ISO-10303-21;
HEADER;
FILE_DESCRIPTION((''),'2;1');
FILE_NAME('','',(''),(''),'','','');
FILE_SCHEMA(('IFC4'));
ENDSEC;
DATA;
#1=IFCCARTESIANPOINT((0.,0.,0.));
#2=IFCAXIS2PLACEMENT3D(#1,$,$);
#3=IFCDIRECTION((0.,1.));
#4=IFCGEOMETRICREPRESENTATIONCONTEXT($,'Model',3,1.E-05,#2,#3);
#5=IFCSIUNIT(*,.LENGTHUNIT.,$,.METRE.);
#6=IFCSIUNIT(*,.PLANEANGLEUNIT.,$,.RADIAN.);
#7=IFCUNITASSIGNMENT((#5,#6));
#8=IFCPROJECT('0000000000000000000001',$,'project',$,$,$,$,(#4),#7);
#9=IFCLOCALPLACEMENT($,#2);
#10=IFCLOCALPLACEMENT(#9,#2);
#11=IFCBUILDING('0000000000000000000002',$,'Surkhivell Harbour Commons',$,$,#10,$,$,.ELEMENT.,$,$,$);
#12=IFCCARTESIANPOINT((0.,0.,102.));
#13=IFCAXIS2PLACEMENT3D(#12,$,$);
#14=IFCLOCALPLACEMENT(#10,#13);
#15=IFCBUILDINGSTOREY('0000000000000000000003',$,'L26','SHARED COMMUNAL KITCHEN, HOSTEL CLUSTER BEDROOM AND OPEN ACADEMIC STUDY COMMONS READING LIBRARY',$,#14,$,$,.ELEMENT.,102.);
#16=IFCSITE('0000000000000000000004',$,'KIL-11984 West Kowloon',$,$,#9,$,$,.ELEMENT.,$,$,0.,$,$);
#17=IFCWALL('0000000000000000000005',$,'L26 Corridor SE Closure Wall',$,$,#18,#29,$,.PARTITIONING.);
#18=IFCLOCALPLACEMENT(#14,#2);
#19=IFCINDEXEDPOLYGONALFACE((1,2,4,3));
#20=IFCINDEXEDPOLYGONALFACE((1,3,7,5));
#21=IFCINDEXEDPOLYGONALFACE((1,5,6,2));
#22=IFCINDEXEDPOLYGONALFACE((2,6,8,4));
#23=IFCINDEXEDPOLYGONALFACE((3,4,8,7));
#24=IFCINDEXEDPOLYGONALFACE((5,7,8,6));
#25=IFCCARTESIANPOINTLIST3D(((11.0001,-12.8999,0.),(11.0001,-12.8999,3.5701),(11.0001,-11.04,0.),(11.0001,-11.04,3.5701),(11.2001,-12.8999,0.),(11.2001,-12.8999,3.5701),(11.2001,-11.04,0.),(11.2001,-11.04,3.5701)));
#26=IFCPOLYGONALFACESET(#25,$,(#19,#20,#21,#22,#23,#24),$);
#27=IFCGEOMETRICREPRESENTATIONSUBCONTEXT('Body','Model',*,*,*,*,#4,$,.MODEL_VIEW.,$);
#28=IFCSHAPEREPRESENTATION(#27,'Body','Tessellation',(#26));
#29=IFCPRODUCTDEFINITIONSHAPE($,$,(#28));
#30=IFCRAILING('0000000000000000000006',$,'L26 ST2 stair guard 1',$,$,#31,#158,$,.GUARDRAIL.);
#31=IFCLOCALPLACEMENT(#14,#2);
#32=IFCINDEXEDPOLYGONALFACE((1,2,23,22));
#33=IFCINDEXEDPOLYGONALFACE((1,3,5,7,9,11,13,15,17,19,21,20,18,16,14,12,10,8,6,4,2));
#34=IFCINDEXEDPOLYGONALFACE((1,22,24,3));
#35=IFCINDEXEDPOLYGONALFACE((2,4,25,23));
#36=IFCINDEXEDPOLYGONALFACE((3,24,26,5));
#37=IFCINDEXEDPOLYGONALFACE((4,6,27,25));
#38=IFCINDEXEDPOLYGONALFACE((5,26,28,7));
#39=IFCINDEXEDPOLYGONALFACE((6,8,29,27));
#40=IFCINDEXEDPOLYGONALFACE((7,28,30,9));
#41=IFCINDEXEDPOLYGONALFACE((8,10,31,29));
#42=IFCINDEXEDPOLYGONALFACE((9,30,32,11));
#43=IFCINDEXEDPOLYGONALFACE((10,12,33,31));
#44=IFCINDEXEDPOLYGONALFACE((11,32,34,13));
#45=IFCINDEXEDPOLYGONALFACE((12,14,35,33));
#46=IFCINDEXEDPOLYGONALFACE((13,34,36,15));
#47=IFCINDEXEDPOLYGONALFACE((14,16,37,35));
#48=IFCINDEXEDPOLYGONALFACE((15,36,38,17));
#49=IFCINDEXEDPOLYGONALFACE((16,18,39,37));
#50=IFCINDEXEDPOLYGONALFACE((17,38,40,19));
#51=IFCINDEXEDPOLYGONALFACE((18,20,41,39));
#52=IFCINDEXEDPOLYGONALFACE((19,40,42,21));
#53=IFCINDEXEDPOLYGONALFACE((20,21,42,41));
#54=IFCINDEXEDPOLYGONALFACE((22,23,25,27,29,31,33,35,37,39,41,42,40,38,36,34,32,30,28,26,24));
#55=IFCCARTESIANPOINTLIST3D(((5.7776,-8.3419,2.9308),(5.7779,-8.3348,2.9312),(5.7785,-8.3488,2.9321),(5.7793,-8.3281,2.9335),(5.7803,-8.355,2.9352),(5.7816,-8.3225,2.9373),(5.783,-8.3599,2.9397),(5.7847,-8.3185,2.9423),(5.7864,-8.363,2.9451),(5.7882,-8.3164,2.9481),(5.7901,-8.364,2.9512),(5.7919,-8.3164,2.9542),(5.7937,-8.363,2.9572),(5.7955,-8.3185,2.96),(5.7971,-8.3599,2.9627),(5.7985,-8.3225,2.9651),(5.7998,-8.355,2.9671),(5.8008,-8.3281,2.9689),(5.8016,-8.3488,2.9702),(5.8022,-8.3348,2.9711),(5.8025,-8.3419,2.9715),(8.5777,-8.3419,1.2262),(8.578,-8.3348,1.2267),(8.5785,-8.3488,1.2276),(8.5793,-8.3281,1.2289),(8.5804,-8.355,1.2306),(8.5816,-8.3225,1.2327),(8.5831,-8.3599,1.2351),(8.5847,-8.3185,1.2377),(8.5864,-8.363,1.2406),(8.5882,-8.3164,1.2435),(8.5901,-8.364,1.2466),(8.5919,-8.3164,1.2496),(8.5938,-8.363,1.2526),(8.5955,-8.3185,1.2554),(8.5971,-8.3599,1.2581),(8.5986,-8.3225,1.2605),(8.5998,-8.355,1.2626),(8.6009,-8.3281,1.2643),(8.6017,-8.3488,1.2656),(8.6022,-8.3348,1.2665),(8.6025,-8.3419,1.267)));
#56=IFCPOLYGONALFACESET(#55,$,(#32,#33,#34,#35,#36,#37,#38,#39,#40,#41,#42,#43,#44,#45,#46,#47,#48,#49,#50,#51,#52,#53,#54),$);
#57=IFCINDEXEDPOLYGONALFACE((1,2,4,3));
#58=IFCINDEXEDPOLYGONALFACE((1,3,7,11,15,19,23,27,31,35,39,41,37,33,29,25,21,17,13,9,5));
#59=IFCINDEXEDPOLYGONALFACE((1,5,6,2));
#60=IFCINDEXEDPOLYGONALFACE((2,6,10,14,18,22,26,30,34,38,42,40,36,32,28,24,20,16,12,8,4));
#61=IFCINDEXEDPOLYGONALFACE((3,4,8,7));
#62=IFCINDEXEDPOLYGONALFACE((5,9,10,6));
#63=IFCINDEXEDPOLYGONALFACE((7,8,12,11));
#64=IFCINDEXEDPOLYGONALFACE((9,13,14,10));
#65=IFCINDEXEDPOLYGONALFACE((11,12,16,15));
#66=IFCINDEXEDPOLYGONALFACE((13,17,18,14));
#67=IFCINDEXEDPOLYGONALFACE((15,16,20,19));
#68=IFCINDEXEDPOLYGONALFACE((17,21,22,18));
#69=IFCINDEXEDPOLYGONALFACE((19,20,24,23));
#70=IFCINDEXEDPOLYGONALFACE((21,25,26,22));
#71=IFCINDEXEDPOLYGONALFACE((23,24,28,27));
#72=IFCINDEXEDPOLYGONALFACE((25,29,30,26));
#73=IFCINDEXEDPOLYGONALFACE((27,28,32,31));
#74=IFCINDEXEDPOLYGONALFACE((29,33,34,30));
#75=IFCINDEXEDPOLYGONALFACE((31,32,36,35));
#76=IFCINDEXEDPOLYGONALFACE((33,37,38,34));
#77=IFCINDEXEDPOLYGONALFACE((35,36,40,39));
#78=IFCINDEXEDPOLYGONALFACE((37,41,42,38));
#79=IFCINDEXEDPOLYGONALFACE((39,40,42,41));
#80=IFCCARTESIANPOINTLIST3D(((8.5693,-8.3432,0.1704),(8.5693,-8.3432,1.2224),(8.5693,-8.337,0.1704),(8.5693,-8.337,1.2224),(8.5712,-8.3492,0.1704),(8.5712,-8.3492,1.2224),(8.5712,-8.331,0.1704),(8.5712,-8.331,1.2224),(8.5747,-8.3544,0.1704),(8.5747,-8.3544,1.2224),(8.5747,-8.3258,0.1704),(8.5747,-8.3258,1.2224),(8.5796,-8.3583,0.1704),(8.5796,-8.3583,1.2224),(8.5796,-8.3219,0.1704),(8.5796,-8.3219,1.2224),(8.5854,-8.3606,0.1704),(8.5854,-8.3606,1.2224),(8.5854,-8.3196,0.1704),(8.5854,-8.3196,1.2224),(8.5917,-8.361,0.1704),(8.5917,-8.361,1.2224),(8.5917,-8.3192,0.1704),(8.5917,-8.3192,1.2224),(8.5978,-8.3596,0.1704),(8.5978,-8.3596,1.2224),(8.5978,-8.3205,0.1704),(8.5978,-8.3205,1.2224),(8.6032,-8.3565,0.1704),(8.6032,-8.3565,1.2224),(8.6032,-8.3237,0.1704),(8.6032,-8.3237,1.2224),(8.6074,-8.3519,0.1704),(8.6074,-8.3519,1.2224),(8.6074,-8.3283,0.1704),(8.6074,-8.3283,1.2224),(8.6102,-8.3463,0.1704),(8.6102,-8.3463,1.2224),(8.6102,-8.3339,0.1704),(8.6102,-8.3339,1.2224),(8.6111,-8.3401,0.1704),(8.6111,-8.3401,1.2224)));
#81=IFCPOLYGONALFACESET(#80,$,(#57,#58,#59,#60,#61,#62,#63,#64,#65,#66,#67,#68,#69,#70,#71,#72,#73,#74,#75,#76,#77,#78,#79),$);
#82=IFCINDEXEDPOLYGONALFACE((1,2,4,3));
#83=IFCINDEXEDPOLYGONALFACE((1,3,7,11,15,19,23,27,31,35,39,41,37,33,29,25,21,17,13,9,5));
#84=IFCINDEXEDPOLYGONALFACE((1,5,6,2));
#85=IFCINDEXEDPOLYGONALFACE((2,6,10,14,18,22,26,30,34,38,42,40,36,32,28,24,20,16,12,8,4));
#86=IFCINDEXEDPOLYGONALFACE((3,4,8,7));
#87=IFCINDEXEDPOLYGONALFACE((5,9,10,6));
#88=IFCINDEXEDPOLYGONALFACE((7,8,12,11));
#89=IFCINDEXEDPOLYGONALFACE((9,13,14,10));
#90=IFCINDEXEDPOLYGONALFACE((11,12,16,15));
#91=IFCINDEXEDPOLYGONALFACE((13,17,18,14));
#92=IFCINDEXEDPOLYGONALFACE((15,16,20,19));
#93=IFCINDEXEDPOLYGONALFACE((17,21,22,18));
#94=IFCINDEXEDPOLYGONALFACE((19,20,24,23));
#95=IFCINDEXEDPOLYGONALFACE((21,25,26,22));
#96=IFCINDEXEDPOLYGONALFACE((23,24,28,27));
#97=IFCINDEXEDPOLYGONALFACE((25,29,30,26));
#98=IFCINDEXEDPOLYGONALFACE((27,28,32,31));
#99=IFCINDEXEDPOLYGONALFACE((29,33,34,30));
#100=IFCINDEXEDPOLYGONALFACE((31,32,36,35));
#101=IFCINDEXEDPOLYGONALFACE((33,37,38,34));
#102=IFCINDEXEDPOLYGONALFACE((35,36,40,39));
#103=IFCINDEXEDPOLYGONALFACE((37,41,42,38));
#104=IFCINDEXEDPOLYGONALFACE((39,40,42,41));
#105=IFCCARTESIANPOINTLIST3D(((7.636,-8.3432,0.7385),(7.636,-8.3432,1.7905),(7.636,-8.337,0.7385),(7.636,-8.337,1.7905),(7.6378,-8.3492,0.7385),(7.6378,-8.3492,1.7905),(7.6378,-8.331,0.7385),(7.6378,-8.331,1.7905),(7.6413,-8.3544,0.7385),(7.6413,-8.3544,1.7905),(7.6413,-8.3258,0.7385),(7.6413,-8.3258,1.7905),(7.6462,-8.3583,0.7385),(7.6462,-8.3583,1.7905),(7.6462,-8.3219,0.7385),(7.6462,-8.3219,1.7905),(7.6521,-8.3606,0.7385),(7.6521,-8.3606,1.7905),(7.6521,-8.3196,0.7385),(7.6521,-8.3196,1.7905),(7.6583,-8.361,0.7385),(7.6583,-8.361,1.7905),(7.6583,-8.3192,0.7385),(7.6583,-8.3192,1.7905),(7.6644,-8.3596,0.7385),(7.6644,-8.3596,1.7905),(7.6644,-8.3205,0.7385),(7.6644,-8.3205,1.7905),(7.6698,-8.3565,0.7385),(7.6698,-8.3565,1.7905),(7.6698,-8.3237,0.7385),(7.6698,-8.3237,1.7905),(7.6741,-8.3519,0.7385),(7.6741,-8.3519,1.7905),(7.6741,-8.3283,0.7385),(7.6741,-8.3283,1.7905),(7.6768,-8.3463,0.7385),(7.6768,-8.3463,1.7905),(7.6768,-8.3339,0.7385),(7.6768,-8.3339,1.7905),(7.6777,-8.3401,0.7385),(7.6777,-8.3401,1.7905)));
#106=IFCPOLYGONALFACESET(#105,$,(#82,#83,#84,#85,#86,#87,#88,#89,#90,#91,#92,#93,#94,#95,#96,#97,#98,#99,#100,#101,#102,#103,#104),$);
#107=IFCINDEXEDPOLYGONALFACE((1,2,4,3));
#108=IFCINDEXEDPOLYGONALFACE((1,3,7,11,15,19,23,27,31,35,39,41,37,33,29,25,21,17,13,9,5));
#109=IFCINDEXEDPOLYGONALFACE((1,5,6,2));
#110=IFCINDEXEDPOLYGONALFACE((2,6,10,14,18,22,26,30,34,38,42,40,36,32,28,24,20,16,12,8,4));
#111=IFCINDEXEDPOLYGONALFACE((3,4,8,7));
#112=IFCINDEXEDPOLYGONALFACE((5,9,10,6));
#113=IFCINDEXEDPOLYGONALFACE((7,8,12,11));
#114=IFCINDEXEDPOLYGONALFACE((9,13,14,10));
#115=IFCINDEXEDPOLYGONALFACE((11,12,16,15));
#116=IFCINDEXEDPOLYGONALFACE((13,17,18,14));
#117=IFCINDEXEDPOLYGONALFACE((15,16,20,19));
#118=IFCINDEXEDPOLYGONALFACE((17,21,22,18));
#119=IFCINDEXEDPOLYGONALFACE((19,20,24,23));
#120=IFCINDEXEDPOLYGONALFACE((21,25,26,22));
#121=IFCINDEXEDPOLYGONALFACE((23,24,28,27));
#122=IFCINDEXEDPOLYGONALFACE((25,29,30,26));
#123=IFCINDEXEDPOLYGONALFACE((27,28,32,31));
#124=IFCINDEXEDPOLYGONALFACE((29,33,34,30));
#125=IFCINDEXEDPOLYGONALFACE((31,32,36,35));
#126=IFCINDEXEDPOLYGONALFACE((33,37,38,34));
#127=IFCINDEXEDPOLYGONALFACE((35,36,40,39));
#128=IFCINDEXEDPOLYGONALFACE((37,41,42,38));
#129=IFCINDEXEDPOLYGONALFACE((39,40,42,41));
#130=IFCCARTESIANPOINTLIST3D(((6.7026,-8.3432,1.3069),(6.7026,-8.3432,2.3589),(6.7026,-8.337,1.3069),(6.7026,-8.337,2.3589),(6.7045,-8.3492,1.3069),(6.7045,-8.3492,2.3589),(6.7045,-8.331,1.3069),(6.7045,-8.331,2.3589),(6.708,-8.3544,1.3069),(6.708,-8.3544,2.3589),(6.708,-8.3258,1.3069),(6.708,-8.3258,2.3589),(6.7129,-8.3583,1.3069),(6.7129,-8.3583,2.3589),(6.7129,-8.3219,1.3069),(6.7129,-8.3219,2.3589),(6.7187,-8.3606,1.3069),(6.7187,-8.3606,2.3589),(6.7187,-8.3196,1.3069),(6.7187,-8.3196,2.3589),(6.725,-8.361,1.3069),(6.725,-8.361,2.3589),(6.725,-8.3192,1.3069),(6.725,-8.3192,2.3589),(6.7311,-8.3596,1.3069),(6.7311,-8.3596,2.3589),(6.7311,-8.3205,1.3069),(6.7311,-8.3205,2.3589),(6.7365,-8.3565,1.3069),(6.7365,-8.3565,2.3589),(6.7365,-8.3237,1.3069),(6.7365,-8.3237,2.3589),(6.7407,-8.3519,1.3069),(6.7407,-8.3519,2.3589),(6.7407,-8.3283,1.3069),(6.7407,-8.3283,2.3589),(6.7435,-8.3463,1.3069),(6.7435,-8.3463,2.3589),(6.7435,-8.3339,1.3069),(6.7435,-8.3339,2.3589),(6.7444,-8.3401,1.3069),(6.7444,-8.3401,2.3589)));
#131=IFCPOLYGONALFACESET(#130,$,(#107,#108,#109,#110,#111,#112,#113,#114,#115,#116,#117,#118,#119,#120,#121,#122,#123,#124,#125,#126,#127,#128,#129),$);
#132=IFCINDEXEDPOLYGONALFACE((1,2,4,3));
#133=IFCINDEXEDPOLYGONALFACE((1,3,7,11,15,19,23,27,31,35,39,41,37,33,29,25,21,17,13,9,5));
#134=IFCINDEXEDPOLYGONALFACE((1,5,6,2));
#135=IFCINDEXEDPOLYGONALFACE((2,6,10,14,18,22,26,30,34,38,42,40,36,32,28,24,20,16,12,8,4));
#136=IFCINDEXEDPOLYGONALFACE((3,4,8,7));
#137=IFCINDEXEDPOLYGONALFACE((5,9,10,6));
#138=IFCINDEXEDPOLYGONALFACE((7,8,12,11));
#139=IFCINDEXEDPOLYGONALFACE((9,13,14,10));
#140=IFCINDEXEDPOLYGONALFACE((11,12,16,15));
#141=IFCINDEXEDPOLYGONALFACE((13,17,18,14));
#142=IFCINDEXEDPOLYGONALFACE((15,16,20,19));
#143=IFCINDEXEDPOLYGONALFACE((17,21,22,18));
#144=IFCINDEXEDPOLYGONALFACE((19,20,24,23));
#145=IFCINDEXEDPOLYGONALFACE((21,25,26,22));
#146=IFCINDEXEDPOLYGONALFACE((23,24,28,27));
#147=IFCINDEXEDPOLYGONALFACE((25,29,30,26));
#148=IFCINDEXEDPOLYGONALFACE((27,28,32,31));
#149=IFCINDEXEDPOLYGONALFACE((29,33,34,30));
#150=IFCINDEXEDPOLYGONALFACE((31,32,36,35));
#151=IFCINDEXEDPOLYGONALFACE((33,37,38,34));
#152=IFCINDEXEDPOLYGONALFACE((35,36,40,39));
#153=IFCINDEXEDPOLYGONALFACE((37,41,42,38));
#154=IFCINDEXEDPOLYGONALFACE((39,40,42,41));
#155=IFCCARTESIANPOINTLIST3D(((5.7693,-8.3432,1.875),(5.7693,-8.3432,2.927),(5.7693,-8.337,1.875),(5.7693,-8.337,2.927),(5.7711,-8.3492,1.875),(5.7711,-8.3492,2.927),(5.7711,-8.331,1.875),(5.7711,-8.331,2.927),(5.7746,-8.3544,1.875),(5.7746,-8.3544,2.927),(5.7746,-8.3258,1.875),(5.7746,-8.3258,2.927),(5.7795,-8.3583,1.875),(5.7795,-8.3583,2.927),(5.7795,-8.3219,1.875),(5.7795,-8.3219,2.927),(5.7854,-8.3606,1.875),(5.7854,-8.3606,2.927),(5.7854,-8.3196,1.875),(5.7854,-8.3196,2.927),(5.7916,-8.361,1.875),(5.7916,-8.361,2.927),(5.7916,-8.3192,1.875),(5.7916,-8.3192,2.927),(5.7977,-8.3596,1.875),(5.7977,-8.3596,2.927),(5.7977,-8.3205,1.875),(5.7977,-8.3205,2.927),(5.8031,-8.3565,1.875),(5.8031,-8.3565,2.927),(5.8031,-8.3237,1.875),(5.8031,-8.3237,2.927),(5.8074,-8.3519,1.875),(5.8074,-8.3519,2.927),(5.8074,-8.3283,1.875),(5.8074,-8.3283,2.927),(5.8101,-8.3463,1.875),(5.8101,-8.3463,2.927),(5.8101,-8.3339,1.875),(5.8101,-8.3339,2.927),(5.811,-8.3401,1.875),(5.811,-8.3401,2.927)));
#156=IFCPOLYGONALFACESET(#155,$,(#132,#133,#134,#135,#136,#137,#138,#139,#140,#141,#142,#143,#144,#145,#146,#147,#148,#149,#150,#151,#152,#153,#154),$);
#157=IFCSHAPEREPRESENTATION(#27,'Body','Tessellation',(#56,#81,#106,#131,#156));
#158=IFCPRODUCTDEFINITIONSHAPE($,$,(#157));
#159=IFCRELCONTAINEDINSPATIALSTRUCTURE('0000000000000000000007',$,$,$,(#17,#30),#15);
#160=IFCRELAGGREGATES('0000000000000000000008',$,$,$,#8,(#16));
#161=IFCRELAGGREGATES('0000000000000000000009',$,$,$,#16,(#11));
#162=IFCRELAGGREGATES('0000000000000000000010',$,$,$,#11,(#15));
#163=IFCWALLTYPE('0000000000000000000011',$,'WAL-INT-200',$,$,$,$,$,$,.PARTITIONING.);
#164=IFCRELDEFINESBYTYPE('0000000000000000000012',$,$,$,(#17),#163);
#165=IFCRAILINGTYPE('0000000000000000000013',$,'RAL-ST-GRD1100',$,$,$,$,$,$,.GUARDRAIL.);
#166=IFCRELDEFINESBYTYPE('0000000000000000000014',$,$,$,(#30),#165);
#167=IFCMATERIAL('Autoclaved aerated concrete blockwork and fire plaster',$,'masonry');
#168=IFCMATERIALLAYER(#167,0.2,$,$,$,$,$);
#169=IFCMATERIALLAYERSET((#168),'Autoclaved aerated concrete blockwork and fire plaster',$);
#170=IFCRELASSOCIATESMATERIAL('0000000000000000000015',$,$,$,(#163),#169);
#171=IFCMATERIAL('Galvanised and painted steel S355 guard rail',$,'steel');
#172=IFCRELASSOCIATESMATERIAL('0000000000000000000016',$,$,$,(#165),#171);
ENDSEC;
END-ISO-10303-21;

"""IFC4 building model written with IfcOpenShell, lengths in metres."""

from ifc_helpers import new_model, si_unit, direction, frame, frame_2d, origin, origin_2d, place, context, subcontext, project, spatial, rectangle, circle, extrude, material, layer, layer_set, type_object, element, save


model = new_model("IFC4")

# Units and contexts
model_context = context("Model", 3, precision=1e-05, world=origin(), true_north=direction((0.0, 1.0)))
body_context = subcontext(model_context, "Body", "Model", "MODEL_VIEW")
ifc_project = project(units=[si_unit("LENGTHUNIT", "METRE"), si_unit("PLANEANGLEUNIT", "RADIAN")], contexts=[model_context])

# Site, building, storey
site_placement = place(None, origin())
site = spatial("IfcSite", under=ifc_project, at=site_placement, Name="KIL-11984 West Kowloon", CompositionType="ELEMENT", RefElevation=0.0)
building_placement = place(site_placement, origin())
building = spatial("IfcBuilding", under=site, at=building_placement, Name="Surkhivell Harbour Commons", CompositionType="ELEMENT")
storey_placement = place(building_placement, frame((0.0, 0.0, 102.0)))
storey = spatial("IfcBuildingStorey", under=building, at=storey_placement, Name="L26", Description="SHARED COMMUNAL KITCHEN, HOSTEL CLUSTER BEDROOM AND OPEN ACADEMIC STUDY COMMONS READING LIBRARY", CompositionType="ELEMENT", Elevation=102.0)

# Shared definitions
ifc_material_1 = material(Name="Autoclaved aerated concrete blockwork and fire plaster", Category="masonry")
ifc_layer_1 = layer(ifc_material_1, 0.2)
ifc_layer_set_1 = layer_set([ifc_layer_1], Name="Autoclaved aerated concrete blockwork and fire plaster")
wall_type_1 = type_object("IfcWallType", Name="WAL-INT-200", PredefinedType="PARTITIONING", material=ifc_layer_set_1)

# Wall
wall_1_placement = place(storey_placement, frame((11.1001, -12.8999, 0.0), z_axis=(0.0, 0.0, 1.0), x_axis=(0.0, 1.0, 0.0)))
element("IfcWall", 1, at=wall_1_placement, inside=storey, type_object=wall_type_1, Name="L26 Corridor SE Closure Wall", PredefinedType="PARTITIONING", context=body_context, shape_type="SweptSolid", body=[
    extrude(rectangle(XDim=1.8599, YDim=0.2, at=frame_2d((0.9299, 0.0))), origin(), (0.0, 0.0, 1.0), 3.5701),
])

# Railing
ifc_material_2 = material(Name="Galvanised and painted steel S355 guard rail", Category="steel")
railing_type = type_object("IfcRailingType", Name="RAL-ST-GRD1100", PredefinedType="GUARDRAIL", material=ifc_material_2)
railing_1_placement = place(storey_placement, frame((8.5901, -8.3401, 0.1704)))
element("IfcRailing", 2, at=railing_1_placement, inside=storey, type_object=railing_type, Name="L26 ST2 stair guard 1", PredefinedType="GUARDRAIL", context=body_context, shape_type="SweptSolid", body=[
    extrude(circle(Radius=0.0239, at=origin_2d()), frame((0.0, 0.0, 1.0762), z_axis=(-0.85417, 0.0, 0.519994), x_axis=(0.0, -1.0, 0.0)), (0.0, 0.0, 1.0), 3.2781),
    extrude(circle(Radius=0.021, at=origin_2d()), origin(), (0.0, 0.0, 1.0), 1.052),
    extrude(circle(Radius=0.021, at=origin_2d()), frame((-0.9333, 0.0, 0.5681)), (0.0, 0.0, 1.0), 1.052),
    extrude(circle(Radius=0.021, at=origin_2d()), frame((-1.8667, 0.0, 1.1365)), (0.0, 0.0, 1.0), 1.052),
    extrude(circle(Radius=0.021, at=origin_2d()), frame((-2.8, 0.0, 1.7046)), (0.0, 0.0, 1.0), 1.052),
])

save(model, "model.ifc")
